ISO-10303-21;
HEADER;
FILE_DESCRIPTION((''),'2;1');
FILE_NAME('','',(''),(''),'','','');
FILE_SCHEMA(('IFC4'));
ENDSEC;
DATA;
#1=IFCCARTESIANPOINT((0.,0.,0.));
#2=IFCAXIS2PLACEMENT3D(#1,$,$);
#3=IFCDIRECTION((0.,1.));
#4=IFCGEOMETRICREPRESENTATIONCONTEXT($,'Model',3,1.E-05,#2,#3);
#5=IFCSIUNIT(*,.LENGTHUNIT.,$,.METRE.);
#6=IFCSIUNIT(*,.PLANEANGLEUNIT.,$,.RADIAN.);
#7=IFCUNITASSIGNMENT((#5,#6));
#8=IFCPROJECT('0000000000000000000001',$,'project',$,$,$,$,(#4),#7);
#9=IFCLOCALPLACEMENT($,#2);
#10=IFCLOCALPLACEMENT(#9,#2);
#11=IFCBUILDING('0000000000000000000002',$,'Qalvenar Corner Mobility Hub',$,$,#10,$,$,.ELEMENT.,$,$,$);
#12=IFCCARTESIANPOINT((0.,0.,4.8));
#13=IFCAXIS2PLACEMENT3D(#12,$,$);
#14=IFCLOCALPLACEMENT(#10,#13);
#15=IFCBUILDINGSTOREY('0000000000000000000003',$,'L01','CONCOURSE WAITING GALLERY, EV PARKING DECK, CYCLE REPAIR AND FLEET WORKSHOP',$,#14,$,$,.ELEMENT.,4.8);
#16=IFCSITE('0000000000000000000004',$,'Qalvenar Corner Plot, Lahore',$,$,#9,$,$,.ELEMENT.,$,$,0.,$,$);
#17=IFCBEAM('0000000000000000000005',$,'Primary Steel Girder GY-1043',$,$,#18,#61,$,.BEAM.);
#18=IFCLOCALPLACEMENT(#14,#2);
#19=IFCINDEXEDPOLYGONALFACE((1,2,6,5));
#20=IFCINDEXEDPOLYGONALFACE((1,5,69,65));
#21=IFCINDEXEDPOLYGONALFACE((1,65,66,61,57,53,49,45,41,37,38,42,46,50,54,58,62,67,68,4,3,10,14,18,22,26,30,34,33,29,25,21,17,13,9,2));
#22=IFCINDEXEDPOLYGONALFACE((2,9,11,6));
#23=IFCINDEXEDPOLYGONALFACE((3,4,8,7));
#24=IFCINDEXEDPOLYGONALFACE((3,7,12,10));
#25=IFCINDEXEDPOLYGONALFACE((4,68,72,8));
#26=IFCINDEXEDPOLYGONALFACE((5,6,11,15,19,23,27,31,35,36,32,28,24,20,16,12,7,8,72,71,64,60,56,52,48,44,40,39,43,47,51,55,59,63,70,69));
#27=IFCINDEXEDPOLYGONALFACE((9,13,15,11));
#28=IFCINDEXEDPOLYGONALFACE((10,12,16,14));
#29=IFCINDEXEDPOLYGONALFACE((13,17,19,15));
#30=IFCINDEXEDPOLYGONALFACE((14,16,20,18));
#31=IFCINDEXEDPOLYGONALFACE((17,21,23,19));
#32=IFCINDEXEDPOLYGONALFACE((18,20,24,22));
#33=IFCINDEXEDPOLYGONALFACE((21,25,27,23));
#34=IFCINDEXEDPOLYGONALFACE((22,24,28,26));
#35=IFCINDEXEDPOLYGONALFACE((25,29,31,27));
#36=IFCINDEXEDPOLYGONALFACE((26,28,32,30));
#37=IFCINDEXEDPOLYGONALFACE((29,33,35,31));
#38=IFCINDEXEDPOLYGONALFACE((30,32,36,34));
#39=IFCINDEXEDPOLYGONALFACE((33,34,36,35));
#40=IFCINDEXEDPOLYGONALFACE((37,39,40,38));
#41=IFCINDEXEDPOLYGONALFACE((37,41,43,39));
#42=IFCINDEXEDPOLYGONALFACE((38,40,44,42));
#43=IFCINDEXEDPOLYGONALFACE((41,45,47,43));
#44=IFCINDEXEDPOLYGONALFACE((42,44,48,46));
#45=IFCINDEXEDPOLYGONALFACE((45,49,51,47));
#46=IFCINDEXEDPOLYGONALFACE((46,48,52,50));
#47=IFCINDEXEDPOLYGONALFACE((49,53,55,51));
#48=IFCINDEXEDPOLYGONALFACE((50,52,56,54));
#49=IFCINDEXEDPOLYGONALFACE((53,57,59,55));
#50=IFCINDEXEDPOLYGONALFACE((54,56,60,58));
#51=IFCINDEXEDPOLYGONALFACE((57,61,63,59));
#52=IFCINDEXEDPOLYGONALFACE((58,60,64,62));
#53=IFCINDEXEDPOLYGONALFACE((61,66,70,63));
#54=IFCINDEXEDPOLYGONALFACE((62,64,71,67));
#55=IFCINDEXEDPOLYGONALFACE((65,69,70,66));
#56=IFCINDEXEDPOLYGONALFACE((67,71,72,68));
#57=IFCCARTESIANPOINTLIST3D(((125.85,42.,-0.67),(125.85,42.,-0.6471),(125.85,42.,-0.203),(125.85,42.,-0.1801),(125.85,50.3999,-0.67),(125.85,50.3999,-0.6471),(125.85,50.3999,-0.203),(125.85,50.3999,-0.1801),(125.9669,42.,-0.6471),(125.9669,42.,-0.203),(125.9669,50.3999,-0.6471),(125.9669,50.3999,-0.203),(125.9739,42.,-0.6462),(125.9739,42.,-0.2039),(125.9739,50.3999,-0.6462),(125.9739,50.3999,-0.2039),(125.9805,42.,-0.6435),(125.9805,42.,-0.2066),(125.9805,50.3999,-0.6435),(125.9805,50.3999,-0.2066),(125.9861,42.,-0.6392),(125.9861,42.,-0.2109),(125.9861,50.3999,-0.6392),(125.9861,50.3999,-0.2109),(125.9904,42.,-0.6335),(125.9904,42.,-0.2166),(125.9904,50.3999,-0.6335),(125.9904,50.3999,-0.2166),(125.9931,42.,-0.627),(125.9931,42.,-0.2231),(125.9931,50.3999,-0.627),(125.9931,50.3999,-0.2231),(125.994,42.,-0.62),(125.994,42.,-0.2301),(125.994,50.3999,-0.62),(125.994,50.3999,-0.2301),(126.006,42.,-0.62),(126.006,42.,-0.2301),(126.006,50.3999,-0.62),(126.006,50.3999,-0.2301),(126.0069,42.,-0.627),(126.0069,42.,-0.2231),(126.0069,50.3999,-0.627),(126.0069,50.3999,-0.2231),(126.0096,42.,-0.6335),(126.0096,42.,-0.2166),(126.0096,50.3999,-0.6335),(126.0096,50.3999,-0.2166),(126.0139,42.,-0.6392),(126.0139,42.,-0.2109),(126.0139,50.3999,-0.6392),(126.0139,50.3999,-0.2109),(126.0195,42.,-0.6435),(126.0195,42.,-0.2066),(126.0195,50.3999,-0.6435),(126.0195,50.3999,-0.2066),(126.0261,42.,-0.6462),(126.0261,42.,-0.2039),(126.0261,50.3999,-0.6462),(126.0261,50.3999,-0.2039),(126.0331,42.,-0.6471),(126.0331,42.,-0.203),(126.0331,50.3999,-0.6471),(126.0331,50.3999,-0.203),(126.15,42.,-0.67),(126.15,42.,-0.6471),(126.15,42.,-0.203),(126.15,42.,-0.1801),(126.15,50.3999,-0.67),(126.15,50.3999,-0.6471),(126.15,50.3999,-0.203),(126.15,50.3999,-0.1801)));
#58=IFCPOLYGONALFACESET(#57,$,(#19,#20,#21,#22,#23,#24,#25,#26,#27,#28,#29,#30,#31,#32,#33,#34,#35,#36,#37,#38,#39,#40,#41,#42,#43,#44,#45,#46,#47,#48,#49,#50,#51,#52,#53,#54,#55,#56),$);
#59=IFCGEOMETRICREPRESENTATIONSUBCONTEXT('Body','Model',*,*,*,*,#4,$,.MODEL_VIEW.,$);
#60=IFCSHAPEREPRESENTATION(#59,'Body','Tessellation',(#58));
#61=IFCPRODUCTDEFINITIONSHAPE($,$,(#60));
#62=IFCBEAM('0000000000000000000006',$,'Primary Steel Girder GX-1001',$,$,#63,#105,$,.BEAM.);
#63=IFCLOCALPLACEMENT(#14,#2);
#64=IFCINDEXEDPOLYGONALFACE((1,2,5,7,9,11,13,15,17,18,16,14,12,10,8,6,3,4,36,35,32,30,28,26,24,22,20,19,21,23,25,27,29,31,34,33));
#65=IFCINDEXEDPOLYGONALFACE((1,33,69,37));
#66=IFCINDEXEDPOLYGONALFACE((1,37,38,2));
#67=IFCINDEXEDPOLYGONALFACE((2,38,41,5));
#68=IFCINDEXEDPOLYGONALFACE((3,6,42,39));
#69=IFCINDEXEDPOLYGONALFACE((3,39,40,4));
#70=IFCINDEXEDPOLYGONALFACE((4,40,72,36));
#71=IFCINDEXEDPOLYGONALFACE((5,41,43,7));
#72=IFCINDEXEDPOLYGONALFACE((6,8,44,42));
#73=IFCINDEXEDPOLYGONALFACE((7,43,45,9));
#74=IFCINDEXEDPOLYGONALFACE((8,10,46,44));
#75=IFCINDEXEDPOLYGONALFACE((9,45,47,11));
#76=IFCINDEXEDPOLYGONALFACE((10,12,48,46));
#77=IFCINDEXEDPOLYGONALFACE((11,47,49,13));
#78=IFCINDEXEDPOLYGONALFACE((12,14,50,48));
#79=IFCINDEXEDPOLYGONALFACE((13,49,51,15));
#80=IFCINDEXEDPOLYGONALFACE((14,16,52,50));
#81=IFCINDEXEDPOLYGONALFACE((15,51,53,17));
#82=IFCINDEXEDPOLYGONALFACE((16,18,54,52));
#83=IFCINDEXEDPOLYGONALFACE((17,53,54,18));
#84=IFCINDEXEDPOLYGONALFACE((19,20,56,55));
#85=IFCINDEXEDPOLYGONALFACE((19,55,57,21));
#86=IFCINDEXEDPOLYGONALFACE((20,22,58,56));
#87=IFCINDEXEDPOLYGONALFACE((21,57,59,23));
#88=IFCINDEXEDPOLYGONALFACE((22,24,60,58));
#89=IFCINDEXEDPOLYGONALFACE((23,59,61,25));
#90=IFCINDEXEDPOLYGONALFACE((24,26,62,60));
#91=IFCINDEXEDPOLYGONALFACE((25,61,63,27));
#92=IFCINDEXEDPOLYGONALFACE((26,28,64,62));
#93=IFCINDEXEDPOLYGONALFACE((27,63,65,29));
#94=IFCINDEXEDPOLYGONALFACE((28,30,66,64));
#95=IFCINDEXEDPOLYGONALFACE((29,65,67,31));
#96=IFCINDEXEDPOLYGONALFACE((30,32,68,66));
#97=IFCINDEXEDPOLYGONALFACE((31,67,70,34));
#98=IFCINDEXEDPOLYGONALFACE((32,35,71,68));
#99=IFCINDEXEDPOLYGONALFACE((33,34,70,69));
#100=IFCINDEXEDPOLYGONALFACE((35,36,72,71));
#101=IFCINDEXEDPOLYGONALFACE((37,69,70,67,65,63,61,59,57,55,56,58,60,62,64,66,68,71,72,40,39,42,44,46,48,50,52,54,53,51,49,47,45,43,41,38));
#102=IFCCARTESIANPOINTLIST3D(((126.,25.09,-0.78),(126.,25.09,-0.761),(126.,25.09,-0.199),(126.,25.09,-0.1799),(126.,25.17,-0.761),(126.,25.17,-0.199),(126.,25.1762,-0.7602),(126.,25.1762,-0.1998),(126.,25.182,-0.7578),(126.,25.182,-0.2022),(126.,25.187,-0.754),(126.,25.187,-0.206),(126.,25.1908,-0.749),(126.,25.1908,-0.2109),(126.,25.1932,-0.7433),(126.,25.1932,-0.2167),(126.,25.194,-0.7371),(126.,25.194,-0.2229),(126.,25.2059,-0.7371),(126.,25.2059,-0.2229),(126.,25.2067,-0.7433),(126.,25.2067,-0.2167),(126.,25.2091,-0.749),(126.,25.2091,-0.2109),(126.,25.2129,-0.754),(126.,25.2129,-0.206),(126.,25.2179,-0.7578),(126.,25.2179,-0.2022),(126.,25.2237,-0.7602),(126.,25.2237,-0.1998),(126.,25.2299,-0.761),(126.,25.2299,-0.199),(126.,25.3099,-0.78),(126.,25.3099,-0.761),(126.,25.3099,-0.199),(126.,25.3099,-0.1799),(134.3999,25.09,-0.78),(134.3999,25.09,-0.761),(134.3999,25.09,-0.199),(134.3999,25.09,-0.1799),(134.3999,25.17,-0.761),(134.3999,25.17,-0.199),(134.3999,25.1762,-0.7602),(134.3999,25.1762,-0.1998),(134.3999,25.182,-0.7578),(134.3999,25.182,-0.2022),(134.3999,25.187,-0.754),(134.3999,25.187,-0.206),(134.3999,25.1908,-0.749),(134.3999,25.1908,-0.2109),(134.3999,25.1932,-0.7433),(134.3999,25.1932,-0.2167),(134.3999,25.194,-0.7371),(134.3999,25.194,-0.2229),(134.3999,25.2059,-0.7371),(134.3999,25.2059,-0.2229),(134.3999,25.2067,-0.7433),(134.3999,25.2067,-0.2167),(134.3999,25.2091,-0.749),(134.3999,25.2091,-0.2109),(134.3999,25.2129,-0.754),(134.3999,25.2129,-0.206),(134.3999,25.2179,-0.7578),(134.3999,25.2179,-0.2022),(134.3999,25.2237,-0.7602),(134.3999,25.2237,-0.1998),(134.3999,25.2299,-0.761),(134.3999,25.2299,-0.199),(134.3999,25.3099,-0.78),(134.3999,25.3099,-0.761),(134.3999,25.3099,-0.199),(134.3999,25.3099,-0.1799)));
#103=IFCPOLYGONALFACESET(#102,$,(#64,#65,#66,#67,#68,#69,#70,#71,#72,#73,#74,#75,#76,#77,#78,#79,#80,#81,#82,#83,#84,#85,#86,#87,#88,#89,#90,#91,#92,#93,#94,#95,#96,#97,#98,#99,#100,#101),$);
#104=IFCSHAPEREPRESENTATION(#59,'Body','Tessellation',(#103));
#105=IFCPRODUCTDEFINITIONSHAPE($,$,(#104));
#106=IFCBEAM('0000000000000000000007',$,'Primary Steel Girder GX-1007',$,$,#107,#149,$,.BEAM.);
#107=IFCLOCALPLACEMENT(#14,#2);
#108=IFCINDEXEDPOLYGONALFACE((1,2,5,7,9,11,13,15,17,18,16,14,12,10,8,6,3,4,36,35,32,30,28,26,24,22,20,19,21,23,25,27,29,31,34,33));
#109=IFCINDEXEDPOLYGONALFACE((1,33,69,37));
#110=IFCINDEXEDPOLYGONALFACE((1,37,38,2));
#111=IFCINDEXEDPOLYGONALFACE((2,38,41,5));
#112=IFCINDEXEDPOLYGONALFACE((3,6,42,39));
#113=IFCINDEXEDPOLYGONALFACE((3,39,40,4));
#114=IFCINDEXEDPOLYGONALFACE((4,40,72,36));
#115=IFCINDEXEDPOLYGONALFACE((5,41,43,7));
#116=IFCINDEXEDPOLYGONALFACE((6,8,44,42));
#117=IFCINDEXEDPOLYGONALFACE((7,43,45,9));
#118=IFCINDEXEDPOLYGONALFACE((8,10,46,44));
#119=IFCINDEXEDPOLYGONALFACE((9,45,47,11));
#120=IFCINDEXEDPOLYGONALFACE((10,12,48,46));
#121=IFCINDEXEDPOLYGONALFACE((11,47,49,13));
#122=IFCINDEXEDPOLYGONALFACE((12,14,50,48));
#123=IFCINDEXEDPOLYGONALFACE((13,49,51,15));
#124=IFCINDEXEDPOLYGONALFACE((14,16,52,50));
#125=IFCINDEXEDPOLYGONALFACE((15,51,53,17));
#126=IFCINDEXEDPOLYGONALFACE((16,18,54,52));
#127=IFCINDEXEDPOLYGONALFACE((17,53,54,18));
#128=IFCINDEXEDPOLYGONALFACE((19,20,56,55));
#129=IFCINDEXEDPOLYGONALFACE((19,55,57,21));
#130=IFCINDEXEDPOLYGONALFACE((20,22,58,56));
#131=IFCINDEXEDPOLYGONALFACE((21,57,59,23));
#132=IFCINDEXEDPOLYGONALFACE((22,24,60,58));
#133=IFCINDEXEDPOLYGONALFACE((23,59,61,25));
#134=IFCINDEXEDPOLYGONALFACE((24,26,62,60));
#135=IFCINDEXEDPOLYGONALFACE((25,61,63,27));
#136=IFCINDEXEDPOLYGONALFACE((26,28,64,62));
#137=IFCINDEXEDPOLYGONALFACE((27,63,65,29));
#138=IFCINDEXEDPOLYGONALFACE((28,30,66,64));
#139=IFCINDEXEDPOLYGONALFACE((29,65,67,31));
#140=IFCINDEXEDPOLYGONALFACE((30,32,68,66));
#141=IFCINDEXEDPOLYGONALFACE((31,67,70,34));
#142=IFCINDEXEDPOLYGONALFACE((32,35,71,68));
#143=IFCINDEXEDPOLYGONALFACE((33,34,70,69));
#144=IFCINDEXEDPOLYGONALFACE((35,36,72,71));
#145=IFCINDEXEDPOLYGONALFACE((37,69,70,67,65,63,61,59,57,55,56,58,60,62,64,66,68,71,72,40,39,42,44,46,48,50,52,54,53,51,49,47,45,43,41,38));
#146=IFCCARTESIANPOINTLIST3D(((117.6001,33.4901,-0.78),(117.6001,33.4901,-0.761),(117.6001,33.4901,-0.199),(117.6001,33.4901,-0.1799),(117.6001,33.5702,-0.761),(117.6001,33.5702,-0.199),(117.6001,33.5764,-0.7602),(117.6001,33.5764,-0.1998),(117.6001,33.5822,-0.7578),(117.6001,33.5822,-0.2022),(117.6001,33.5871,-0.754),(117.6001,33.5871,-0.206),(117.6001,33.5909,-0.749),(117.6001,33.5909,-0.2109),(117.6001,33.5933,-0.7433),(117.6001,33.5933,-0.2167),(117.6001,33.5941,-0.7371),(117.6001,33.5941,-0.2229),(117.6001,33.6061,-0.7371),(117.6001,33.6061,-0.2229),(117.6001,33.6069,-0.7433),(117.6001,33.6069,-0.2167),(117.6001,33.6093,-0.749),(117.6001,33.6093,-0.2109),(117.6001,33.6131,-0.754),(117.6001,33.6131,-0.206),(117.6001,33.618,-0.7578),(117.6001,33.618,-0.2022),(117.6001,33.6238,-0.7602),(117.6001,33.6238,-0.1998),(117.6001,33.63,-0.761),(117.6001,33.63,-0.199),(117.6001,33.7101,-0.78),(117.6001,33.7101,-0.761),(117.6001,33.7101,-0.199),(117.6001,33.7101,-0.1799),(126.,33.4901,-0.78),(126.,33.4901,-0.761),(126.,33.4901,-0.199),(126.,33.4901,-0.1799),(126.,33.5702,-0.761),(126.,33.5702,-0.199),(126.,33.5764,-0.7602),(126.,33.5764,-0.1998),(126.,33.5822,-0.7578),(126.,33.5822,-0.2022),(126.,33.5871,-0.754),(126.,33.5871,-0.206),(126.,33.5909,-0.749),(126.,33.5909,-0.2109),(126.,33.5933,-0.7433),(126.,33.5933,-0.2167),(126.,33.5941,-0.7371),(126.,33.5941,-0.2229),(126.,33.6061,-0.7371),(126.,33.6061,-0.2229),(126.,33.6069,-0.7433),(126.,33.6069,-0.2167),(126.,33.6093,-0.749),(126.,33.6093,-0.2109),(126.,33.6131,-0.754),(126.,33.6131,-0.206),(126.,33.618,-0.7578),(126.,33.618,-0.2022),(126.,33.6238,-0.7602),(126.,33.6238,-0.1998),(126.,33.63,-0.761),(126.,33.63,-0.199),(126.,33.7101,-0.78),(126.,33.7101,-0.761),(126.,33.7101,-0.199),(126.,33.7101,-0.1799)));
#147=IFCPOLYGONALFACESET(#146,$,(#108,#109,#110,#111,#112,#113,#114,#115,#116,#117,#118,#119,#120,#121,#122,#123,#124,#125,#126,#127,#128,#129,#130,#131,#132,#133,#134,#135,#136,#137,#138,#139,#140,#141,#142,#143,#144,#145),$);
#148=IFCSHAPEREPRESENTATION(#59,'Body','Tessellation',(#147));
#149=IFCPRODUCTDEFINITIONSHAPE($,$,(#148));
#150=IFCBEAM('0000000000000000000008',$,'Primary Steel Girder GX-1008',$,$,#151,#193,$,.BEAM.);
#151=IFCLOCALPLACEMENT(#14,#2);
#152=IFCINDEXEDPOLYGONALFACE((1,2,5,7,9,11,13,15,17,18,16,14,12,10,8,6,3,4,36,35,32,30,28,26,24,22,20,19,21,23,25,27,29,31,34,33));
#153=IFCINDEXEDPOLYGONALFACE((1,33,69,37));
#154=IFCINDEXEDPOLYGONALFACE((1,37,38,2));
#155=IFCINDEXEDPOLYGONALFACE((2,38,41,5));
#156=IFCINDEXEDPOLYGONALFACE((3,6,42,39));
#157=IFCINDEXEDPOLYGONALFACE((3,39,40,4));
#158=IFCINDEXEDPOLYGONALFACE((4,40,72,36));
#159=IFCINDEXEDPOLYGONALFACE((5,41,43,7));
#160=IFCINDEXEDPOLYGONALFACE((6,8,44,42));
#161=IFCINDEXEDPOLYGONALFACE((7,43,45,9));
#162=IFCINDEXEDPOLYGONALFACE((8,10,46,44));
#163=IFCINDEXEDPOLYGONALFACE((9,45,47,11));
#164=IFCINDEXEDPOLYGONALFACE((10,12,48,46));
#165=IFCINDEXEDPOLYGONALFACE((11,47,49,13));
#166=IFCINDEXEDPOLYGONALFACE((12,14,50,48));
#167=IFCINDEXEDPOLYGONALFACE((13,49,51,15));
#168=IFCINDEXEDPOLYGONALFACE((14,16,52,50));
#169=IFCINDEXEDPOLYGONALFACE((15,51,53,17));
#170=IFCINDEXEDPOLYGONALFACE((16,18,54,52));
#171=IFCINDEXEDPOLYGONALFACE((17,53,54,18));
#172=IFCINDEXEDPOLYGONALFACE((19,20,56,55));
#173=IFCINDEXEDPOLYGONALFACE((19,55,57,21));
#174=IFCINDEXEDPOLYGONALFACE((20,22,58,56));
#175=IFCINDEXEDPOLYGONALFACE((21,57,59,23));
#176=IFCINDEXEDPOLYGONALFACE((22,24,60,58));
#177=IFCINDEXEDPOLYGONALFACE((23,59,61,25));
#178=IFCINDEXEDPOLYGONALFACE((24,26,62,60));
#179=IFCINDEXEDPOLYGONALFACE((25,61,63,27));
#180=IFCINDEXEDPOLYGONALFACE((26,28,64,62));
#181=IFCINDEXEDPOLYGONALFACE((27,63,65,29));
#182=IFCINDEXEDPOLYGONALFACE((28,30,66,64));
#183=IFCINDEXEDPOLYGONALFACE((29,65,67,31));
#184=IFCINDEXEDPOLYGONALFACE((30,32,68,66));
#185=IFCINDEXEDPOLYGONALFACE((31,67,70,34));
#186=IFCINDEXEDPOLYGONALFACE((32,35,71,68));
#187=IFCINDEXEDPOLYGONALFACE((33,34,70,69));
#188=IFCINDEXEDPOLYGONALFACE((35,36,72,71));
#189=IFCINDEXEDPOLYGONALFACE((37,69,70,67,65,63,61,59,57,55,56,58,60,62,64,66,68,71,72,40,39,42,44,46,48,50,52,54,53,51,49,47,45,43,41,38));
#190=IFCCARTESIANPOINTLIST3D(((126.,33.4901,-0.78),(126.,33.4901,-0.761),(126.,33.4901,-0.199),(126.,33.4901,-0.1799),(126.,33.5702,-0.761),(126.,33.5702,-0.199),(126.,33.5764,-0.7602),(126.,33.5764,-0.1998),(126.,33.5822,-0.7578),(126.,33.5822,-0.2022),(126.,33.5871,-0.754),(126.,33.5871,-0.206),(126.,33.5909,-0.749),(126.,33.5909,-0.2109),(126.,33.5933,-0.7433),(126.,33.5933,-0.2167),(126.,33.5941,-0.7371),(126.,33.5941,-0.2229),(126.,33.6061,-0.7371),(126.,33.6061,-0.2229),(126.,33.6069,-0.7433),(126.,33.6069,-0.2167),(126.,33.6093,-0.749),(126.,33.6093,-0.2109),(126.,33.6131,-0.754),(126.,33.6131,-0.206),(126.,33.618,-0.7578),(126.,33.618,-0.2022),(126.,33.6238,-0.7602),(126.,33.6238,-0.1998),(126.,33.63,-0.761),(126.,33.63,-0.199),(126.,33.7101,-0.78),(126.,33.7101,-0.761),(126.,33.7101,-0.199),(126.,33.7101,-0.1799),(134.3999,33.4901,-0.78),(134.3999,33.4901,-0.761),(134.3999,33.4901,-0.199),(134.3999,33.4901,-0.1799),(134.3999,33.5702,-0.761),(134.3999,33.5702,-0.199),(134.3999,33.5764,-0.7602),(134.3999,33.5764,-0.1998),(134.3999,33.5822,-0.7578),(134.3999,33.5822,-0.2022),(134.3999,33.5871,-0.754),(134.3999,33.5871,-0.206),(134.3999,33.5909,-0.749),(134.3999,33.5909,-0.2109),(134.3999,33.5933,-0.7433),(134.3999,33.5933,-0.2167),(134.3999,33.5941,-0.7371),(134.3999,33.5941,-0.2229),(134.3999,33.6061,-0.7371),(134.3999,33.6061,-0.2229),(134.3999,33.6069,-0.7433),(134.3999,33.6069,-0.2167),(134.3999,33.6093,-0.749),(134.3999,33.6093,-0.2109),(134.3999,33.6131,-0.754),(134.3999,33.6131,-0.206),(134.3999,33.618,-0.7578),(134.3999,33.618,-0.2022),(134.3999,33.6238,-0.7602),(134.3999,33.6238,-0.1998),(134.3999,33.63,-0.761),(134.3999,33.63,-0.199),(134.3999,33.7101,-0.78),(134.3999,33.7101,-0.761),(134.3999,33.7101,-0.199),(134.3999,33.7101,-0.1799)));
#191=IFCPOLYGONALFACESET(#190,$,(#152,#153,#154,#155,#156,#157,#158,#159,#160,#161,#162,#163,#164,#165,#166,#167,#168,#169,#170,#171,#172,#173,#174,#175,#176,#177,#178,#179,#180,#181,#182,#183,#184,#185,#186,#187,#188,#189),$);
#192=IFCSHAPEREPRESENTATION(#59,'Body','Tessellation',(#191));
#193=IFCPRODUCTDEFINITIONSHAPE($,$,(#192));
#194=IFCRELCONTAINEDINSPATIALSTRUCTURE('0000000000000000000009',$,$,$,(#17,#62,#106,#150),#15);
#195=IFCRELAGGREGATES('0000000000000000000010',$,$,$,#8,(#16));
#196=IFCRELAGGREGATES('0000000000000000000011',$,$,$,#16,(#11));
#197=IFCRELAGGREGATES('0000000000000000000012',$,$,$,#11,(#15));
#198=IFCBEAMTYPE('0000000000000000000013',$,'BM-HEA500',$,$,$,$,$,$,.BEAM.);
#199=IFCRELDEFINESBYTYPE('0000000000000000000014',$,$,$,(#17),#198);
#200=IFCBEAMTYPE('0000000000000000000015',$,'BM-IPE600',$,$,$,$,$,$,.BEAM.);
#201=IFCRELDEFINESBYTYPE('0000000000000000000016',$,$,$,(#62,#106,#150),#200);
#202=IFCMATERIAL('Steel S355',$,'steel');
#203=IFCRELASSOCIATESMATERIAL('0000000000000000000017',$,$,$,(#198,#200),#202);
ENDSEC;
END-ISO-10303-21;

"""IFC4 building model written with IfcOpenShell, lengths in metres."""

from ifc_helpers import new_model, si_unit, direction, frame, origin, origin_2d, place, context, subcontext, project, spatial, i_section, extrude, material, material_profile, profile_set, type_object, element, save


model = new_model("IFC4")

# Units and contexts
model_context = context("Model", 3, precision=1e-05, world=origin(), true_north=direction((0.0, 1.0)))
body_context = subcontext(model_context, "Body", "Model", "MODEL_VIEW")
ifc_project = project(units=[si_unit("LENGTHUNIT", "METRE"), si_unit("PLANEANGLEUNIT", "RADIAN")], contexts=[model_context])

# Site, building, storey
site_placement = place(None, origin())
site = spatial("IfcSite", under=ifc_project, at=site_placement, Name="Qalvenar Corner Plot, Lahore", CompositionType="ELEMENT", RefElevation=0.0)
building_placement = place(site_placement, origin())
building = spatial("IfcBuilding", under=site, at=building_placement, Name="Qalvenar Corner Mobility Hub", CompositionType="ELEMENT")
storey_placement = place(building_placement, frame((0.0, 0.0, 4.8)))
storey = spatial("IfcBuildingStorey", under=building, at=storey_placement, Name="L01", Description="CONCOURSE WAITING GALLERY, EV PARKING DECK, CYCLE REPAIR AND FLEET WORKSHOP", CompositionType="ELEMENT", Elevation=4.8)

# Shared definitions
ifc_material_1 = material(Name="Steel S355", Category="steel")

# Beams
ifc_material_profile_1 = material_profile(ifc_material_1, i_section(OverallWidth=0.3, OverallDepth=0.49, WebThickness=0.012, FlangeThickness=0.0229, FilletRadius=0.0271, at=origin_2d()), Name="HEA500")
ifc_profile_set_1 = profile_set([ifc_material_profile_1], Name="Steel S355")
beam_type_1 = type_object("IfcBeamType", Name="BM-HEA500", PredefinedType="BEAM", material=ifc_profile_set_1)
for number, where, z_axis, x_axis, name in (
    (1, (126.0, 42.0, -0.425), (0.0, 1.0, 0.0), (-1.0, 0.0, 0.0), "Primary Steel Girder GY-1043"),
):
    element("IfcBeam", number, at=place(storey_placement, frame(where, z_axis=z_axis, x_axis=x_axis)), inside=storey, type_object=beam_type_1, Name=name, PredefinedType="BEAM", context=body_context, shape_type="SweptSolid", body=[
        extrude(i_section(OverallWidth=0.3, OverallDepth=0.49, WebThickness=0.012, FlangeThickness=0.0229, FilletRadius=0.0271, at=origin_2d()), origin(), (0.0, 0.0, 1.0), 8.3999),
    ])
ifc_material_profile_2 = material_profile(ifc_material_1, i_section(OverallWidth=0.22, OverallDepth=0.6001, WebThickness=0.012, FlangeThickness=0.019, FilletRadius=0.0239, at=origin_2d()), Name="IPE600")
ifc_profile_set_2 = profile_set([ifc_material_profile_2], Name="Steel S355")
beam_type_2 = type_object("IfcBeamType", Name="BM-IPE600", PredefinedType="BEAM", material=ifc_profile_set_2)
for number, where, z_axis, x_axis, name in (
    (2, (126.0, 25.2, -0.48), (1.0, 0.0, 0.0), (0.0, 1.0, 0.0), "Primary Steel Girder GX-1001"),
    (3, (117.6001, 33.6001, -0.48), (1.0, 0.0, 0.0), (0.0, 1.0, 0.0), "Primary Steel Girder GX-1007"),
    (4, (126.0, 33.6001, -0.48), (1.0, 0.0, 0.0), (0.0, 1.0, 0.0), "Primary Steel Girder GX-1008"),
):
    element("IfcBeam", number, at=place(storey_placement, frame(where, z_axis=z_axis, x_axis=x_axis)), inside=storey, type_object=beam_type_2, Name=name, PredefinedType="BEAM", context=body_context, shape_type="SweptSolid", body=[
        extrude(i_section(OverallWidth=0.22, OverallDepth=0.6001, WebThickness=0.012, FlangeThickness=0.019, FilletRadius=0.0239, at=origin_2d()), origin(), (0.0, 0.0, 1.0), 8.3999),
    ])

save(model, "model.ifc")
